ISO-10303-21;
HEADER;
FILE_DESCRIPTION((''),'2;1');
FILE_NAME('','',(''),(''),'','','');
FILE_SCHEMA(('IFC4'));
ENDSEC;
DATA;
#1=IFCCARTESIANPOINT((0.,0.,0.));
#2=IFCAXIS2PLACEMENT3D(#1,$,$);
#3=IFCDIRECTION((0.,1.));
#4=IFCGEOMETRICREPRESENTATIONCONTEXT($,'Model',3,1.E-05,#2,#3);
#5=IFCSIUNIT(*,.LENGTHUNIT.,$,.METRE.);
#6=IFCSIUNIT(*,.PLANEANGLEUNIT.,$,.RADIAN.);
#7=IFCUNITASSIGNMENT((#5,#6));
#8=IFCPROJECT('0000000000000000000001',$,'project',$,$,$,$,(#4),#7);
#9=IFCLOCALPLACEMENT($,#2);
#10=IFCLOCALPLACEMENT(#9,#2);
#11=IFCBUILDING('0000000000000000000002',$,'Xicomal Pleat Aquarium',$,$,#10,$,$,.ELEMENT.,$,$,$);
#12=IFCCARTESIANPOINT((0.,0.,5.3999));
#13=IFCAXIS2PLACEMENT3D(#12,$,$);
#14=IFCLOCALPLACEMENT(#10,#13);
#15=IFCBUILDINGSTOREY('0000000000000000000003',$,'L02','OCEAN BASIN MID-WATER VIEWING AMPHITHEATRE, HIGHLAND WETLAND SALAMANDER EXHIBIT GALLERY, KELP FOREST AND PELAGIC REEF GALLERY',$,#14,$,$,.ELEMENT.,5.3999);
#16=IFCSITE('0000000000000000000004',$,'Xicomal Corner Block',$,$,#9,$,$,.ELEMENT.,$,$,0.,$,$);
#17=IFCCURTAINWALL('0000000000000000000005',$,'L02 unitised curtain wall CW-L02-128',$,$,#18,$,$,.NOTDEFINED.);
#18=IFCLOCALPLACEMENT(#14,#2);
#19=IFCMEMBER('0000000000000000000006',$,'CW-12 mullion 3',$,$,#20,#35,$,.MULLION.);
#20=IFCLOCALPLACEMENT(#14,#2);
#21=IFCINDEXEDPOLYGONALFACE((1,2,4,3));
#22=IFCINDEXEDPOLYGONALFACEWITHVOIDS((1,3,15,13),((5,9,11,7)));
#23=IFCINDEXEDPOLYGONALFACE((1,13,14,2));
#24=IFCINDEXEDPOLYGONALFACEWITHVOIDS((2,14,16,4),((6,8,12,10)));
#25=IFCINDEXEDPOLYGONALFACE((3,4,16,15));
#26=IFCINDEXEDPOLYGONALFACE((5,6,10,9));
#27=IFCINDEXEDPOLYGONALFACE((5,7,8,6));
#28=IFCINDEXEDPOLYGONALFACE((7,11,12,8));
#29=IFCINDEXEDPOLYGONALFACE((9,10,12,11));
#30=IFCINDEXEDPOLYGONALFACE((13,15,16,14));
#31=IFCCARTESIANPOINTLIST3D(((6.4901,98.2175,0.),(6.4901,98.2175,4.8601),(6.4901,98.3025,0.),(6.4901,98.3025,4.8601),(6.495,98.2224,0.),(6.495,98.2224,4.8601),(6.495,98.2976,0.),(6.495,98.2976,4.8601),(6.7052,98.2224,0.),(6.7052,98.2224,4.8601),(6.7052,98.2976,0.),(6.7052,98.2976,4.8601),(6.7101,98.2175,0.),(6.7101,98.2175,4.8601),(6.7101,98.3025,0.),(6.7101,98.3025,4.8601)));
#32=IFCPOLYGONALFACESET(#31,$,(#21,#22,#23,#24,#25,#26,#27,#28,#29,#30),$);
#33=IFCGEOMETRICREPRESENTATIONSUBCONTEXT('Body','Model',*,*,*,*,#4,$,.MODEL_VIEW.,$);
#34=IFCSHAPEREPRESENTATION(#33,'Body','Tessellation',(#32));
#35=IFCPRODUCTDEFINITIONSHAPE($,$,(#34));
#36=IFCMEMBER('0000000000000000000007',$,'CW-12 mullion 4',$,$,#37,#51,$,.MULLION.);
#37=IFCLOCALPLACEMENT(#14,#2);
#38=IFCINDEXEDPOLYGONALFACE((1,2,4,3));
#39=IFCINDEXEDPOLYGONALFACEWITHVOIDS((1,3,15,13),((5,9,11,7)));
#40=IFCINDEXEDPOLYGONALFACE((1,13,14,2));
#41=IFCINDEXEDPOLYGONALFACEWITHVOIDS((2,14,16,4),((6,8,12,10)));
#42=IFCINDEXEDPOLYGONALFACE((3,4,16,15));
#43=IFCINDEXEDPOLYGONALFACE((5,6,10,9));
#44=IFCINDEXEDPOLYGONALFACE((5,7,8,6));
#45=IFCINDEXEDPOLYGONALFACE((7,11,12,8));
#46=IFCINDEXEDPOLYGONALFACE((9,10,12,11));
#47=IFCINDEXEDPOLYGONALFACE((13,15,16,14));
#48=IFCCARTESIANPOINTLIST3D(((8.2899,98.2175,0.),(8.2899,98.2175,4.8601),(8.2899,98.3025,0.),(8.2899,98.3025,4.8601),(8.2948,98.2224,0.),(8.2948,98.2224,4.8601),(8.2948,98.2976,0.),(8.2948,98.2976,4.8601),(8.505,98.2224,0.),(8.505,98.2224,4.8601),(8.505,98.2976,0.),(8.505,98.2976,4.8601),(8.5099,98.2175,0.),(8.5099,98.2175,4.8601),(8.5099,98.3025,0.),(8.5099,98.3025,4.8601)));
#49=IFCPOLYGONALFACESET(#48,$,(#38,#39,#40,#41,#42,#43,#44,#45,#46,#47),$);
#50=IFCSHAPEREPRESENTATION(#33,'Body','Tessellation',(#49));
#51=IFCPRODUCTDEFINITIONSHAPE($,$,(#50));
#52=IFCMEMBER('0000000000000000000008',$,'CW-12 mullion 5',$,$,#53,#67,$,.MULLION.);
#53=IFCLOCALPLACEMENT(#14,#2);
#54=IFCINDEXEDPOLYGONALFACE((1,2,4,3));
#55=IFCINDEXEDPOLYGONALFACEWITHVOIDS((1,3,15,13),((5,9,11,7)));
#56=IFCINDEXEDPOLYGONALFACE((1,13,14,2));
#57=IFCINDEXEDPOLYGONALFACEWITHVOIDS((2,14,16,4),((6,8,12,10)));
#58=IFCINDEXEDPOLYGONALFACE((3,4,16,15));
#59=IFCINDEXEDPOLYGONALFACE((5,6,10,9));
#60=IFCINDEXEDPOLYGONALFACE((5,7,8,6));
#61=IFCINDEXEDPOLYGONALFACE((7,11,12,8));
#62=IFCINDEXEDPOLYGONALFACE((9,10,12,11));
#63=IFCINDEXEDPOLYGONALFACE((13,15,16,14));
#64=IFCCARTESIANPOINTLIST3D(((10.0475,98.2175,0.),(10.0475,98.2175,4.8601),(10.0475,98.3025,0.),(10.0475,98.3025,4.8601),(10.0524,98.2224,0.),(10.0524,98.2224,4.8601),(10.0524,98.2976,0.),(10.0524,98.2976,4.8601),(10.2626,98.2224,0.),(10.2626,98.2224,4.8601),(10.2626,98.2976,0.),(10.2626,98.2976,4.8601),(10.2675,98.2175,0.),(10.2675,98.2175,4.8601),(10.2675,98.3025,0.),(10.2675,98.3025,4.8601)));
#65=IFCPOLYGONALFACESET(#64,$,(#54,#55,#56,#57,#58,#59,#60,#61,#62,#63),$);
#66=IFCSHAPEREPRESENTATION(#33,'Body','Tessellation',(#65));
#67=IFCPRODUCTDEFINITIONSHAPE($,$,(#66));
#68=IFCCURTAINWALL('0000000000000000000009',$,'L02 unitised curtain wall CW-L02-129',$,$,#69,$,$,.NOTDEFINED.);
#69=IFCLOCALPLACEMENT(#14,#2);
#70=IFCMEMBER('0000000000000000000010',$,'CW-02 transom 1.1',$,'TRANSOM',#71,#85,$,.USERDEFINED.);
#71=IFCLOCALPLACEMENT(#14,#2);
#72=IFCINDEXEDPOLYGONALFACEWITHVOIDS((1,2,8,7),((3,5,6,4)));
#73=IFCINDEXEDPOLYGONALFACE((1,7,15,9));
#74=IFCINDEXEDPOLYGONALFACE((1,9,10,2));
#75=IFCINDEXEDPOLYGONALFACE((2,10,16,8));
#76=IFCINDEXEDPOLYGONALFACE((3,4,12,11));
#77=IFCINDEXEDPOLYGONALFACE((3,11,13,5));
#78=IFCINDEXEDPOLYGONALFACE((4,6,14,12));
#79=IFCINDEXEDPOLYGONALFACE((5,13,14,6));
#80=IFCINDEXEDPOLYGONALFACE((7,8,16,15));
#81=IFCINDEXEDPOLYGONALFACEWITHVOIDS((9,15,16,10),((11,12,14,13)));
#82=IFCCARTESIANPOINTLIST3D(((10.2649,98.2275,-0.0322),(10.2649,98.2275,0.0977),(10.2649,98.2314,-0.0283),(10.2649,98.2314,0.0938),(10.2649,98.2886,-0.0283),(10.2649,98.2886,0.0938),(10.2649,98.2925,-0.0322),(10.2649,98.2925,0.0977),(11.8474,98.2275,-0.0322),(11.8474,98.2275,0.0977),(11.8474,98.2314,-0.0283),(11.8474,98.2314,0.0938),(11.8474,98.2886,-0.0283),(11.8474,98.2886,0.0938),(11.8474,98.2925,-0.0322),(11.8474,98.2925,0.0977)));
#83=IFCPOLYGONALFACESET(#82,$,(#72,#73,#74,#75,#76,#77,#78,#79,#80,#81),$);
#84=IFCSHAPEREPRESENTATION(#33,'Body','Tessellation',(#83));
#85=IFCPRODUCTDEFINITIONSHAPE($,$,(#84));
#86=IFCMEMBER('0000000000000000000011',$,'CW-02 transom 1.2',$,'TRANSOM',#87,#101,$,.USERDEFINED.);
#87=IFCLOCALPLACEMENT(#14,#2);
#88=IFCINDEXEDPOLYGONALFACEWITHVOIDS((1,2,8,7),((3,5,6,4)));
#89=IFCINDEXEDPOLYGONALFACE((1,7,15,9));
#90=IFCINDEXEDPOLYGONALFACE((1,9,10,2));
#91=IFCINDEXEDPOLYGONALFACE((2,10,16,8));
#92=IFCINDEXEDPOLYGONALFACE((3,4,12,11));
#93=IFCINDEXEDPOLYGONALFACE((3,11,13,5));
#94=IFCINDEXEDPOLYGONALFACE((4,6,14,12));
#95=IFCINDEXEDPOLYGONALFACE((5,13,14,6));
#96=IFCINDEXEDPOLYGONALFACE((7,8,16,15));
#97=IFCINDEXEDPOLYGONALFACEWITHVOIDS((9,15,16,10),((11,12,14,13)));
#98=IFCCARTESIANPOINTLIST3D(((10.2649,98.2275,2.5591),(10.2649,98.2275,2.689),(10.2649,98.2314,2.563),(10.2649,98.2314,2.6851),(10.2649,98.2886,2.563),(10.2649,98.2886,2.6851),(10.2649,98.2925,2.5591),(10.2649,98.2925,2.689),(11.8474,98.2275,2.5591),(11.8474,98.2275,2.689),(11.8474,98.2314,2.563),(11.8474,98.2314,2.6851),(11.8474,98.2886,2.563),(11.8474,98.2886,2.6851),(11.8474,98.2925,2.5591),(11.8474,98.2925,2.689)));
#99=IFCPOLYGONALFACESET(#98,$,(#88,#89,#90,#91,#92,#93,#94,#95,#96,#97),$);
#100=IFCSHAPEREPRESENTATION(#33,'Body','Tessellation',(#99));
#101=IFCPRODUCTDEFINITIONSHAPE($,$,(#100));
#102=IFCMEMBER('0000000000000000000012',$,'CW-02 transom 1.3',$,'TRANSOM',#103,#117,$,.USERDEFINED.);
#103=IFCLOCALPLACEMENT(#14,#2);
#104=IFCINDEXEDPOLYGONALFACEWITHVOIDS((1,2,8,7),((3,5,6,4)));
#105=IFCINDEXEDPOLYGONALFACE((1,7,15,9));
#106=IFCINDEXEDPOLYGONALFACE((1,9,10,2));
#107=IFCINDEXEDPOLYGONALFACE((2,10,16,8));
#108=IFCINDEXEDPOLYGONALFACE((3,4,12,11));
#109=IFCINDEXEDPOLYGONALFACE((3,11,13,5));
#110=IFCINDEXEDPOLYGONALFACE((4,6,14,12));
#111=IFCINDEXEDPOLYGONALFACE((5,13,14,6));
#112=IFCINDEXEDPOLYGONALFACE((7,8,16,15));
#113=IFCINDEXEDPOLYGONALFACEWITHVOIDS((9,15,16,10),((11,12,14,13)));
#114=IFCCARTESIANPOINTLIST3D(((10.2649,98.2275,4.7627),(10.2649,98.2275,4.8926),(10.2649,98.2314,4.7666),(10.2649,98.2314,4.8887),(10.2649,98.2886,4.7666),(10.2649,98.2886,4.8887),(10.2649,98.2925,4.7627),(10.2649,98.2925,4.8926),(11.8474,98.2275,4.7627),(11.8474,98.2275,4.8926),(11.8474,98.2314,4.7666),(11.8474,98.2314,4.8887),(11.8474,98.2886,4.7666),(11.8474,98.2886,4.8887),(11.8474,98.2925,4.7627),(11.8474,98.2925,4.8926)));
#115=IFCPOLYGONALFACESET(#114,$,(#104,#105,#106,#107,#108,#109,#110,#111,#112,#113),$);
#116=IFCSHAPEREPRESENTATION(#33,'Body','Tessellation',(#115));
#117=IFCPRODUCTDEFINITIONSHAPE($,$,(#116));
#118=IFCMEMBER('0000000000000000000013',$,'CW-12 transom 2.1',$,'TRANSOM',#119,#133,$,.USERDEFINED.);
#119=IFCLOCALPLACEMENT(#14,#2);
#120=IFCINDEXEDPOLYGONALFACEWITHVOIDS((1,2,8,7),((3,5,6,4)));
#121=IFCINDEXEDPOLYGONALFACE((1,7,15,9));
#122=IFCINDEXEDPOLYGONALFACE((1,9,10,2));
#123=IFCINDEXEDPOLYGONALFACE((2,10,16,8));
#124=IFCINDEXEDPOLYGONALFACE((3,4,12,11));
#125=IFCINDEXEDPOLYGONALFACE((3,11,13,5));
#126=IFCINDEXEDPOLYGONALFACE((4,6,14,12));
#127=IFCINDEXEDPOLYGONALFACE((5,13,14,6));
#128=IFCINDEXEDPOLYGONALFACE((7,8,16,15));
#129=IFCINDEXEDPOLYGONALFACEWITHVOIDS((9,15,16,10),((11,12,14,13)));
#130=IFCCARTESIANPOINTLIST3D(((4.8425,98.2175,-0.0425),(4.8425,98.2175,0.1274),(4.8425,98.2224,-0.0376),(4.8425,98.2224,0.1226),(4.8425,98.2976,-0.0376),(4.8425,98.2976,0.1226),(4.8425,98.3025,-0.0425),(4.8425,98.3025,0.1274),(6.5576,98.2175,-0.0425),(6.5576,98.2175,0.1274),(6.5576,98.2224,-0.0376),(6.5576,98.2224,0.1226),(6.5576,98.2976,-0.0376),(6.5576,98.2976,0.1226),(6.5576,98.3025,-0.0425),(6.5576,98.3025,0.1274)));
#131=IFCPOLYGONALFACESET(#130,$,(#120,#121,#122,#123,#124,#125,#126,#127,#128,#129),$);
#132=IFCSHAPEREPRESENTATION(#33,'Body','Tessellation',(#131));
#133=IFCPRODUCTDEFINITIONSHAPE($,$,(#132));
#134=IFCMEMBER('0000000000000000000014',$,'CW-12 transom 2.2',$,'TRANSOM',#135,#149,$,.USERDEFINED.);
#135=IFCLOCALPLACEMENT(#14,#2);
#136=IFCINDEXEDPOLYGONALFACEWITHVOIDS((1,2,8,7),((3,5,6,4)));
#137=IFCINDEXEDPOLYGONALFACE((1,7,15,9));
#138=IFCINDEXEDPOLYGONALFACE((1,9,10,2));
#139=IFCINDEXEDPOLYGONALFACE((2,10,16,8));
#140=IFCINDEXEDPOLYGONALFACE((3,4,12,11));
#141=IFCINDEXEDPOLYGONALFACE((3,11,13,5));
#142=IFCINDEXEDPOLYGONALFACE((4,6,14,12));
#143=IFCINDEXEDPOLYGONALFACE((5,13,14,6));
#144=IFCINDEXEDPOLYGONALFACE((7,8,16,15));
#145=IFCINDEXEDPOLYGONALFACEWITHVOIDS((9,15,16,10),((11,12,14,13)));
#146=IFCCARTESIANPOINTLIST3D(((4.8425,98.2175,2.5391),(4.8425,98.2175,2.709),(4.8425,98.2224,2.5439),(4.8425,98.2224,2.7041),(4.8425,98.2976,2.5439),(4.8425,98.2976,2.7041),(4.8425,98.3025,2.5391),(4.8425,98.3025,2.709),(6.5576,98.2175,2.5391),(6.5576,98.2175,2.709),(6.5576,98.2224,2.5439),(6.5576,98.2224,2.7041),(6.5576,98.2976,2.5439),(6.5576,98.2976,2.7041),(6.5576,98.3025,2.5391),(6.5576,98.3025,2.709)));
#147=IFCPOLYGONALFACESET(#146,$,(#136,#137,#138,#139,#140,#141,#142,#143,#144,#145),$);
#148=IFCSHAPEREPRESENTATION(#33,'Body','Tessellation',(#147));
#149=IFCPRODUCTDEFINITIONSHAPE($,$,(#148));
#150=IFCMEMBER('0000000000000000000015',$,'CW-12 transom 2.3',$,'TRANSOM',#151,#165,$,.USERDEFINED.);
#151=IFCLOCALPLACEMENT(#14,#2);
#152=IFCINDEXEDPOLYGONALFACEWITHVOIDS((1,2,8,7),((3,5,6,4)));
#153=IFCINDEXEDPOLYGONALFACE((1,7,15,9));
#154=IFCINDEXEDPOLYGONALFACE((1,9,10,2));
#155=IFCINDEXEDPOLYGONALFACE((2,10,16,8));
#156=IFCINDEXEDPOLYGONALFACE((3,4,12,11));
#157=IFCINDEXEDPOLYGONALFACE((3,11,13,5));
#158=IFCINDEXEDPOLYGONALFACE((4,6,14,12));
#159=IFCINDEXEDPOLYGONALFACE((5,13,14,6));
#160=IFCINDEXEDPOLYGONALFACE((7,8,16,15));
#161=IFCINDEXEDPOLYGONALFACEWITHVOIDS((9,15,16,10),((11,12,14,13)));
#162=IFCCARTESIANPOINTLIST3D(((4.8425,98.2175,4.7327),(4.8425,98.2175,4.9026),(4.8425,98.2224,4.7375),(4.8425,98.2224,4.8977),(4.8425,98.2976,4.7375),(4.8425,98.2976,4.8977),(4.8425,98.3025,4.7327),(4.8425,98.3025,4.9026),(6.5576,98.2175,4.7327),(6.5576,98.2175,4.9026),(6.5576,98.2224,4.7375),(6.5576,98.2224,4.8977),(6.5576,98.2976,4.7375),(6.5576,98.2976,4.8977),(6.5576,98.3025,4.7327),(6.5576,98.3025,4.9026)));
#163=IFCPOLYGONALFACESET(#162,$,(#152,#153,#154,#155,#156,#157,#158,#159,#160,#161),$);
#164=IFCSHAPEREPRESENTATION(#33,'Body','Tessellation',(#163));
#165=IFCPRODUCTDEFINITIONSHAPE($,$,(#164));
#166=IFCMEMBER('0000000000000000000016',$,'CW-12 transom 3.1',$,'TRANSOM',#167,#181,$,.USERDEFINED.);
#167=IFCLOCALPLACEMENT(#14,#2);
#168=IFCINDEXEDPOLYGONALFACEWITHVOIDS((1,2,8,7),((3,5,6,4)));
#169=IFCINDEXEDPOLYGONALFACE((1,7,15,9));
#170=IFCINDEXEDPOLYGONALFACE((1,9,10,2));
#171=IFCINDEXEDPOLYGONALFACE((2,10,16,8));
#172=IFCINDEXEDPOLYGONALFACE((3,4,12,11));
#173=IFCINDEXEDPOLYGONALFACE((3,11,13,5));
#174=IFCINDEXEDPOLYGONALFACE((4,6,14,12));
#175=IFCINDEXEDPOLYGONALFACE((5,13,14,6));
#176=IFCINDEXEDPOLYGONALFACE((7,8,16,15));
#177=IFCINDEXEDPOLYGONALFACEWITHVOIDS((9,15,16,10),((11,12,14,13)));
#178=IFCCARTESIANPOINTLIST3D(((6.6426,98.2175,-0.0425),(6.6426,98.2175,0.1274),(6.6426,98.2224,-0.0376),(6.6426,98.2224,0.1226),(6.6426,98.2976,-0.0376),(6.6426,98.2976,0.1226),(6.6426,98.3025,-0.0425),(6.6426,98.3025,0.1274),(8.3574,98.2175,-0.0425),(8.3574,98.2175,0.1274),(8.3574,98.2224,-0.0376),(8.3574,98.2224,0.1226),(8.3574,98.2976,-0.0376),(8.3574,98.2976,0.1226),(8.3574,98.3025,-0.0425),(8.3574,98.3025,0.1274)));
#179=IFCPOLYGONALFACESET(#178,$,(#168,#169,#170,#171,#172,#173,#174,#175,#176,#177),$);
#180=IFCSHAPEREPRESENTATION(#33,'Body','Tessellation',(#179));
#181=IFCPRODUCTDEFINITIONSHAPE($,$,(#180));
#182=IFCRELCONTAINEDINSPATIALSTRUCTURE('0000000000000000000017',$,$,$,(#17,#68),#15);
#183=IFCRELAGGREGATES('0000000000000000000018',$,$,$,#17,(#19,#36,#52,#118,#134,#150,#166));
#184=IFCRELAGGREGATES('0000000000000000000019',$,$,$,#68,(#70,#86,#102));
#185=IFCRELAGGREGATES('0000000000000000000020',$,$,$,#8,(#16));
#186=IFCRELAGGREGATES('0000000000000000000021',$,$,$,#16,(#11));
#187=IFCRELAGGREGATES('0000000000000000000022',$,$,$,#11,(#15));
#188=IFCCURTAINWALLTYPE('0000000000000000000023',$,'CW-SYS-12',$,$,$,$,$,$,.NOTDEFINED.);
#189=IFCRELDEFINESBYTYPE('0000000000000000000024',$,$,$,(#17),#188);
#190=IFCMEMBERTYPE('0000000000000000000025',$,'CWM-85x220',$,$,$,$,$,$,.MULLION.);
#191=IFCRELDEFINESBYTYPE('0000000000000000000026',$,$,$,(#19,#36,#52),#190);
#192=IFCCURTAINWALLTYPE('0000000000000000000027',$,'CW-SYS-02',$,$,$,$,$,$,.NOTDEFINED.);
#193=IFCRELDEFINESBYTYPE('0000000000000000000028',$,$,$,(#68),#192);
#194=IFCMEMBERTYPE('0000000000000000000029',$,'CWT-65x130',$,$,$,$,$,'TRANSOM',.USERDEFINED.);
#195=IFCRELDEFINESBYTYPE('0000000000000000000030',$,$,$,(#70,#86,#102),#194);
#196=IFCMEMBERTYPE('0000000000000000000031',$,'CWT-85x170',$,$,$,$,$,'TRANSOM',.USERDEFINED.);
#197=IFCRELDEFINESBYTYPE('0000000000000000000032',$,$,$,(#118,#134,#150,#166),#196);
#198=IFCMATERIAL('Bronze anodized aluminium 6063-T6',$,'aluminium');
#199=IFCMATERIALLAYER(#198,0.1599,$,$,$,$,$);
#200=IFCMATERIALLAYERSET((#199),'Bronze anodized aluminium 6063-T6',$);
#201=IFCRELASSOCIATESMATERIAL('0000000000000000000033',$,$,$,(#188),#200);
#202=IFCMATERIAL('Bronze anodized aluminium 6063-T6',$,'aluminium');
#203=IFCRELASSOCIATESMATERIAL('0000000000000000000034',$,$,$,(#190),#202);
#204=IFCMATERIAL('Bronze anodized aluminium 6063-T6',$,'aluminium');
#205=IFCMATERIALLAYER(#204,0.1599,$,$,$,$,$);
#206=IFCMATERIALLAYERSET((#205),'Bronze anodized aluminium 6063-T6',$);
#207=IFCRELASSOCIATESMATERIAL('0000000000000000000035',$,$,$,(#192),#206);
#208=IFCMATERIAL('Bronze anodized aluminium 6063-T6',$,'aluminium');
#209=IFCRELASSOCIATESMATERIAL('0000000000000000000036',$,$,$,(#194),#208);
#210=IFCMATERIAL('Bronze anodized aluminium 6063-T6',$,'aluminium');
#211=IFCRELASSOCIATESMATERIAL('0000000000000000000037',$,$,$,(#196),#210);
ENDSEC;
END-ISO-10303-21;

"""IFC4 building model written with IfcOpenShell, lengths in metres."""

from ifc_helpers import new_model, si_unit, direction, frame, origin, origin_2d, place, context, subcontext, project, spatial, hollow_rectangle, extrude, material, layer, layer_set, material_profile, profile_set, type_object, element, aggregate, save


model = new_model("IFC4")

# Units and contexts
model_context = context("Model", 3, precision=1e-05, world=origin(), true_north=direction((0.0, 1.0)))
body_context = subcontext(model_context, "Body", "Model", "MODEL_VIEW")
ifc_project = project(units=[si_unit("LENGTHUNIT", "METRE"), si_unit("PLANEANGLEUNIT", "RADIAN")], contexts=[model_context])

# Site, building, storey
site_placement = place(None, origin())
site = spatial("IfcSite", under=ifc_project, at=site_placement, Name="Xicomal Corner Block", CompositionType="ELEMENT", RefElevation=0.0)
building_placement = place(site_placement, origin())
building = spatial("IfcBuilding", under=site, at=building_placement, Name="Xicomal Pleat Aquarium", CompositionType="ELEMENT")
storey_placement = place(building_placement, frame((0.0, 0.0, 5.3999)))
storey = spatial("IfcBuildingStorey", under=building, at=storey_placement, Name="L02", Description="OCEAN BASIN MID-WATER VIEWING AMPHITHEATRE, HIGHLAND WETLAND SALAMANDER EXHIBIT GALLERY, KELP FOREST AND PELAGIC REEF GALLERY", CompositionType="ELEMENT", Elevation=5.3999)

# Curtain walls, members
ifc_material_1 = material(Name="Bronze anodized aluminium 6063-T6", Category="aluminium")
ifc_layer_1 = layer(ifc_material_1, 0.1599)
ifc_layer_set_1 = layer_set([ifc_layer_1], Name="Bronze anodized aluminium 6063-T6")
curtain_wall_type_1 = type_object("IfcCurtainWallType", Name="CW-SYS-12", PredefinedType="NOTDEFINED", material=ifc_layer_set_1)
curtain_wall_1_placement = place(storey_placement, origin())
curtain_wall_1 = element("IfcCurtainWall", 1, at=curtain_wall_1_placement, inside=storey, type_object=curtain_wall_type_1, Name="L02 unitised curtain wall CW-L02-128", PredefinedType="NOTDEFINED")
ifc_material_2 = material(Name="Bronze anodized aluminium 6063-T6", Category="aluminium")
ifc_material_profile_1 = material_profile(ifc_material_2, hollow_rectangle(XDim=0.085, YDim=0.22, WallThickness=0.0049, at=origin_2d()), Name="ALU MULL 85x220")
ifc_profile_set_1 = profile_set([ifc_material_profile_1], Name="Bronze anodized aluminium 6063-T6")
member_type_1 = type_object("IfcMemberType", Name="CWM-85x220", PredefinedType="MULLION", material=ifc_profile_set_1)
member_1_placement = place(storey_placement, frame((6.6001, 98.26, 0.0), z_axis=(0.0, 0.0, 1.0), x_axis=(0.0, 1.0, 0.0)))
member_1 = element("IfcMember", 2, at=member_1_placement, type_object=member_type_1, Name="CW-12 mullion 3", PredefinedType="MULLION", context=body_context, shape_type="SweptSolid", body=[
    extrude(hollow_rectangle(XDim=0.085, YDim=0.22, WallThickness=0.0049, at=origin_2d()), origin(), (0.0, 0.0, 1.0), 4.8601),
])
member_2_placement = place(storey_placement, frame((8.3999, 98.26, 0.0), z_axis=(0.0, 0.0, 1.0), x_axis=(0.0, 1.0, 0.0)))
member_2 = element("IfcMember", 3, at=member_2_placement, type_object=member_type_1, Name="CW-12 mullion 4", PredefinedType="MULLION", context=body_context, shape_type="SweptSolid", body=[
    extrude(hollow_rectangle(XDim=0.085, YDim=0.22, WallThickness=0.0049, at=origin_2d()), origin(), (0.0, 0.0, 1.0), 4.8601),
])
member_3_placement = place(storey_placement, frame((10.1575, 98.26, 0.0), z_axis=(0.0, 0.0, 1.0), x_axis=(0.0, 1.0, 0.0)))
member_3 = element("IfcMember", 4, at=member_3_placement, type_object=member_type_1, Name="CW-12 mullion 5", PredefinedType="MULLION", context=body_context, shape_type="SweptSolid", body=[
    extrude(hollow_rectangle(XDim=0.085, YDim=0.22, WallThickness=0.0049, at=origin_2d()), origin(), (0.0, 0.0, 1.0), 4.8601),
])
ifc_material_3 = material(Name="Bronze anodized aluminium 6063-T6", Category="aluminium")
ifc_layer_2 = layer(ifc_material_3, 0.1599)
ifc_layer_set_2 = layer_set([ifc_layer_2], Name="Bronze anodized aluminium 6063-T6")
curtain_wall_type_2 = type_object("IfcCurtainWallType", Name="CW-SYS-02", PredefinedType="NOTDEFINED", material=ifc_layer_set_2)
curtain_wall_2_placement = place(storey_placement, origin())
curtain_wall_2 = element("IfcCurtainWall", 5, at=curtain_wall_2_placement, inside=storey, type_object=curtain_wall_type_2, Name="L02 unitised curtain wall CW-L02-129", PredefinedType="NOTDEFINED")
ifc_material_4 = material(Name="Bronze anodized aluminium 6063-T6", Category="aluminium")
ifc_material_profile_2 = material_profile(ifc_material_4, hollow_rectangle(XDim=0.0649, YDim=0.1299, WallThickness=0.0039, at=origin_2d()), Name="ALU TRAN 65x130")
ifc_profile_set_2 = profile_set([ifc_material_profile_2], Name="Bronze anodized aluminium 6063-T6")
member_type_2 = type_object("IfcMemberType", Name="CWT-65x130", ElementType="TRANSOM", PredefinedType="USERDEFINED", material=ifc_profile_set_2)
member_4_placement = place(storey_placement, frame((10.2649, 98.26, 0.0327), z_axis=(1.0, 0.0, 0.0), x_axis=(0.0, 1.0, 0.0)))
member_4 = element("IfcMember", 6, at=member_4_placement, type_object=member_type_2, Name="CW-02 transom 1.1", ObjectType="TRANSOM", PredefinedType="USERDEFINED", context=body_context, shape_type="SweptSolid", body=[
    extrude(hollow_rectangle(XDim=0.0649, YDim=0.1299, WallThickness=0.0039, at=origin_2d()), origin(), (0.0, 0.0, 1.0), 1.5825),
])
member_5_placement = place(storey_placement, frame((10.2649, 98.26, 2.624), z_axis=(1.0, 0.0, 0.0), x_axis=(0.0, 1.0, 0.0)))
member_5 = element("IfcMember", 7, at=member_5_placement, type_object=member_type_2, Name="CW-02 transom 1.2", ObjectType="TRANSOM", PredefinedType="USERDEFINED", context=body_context, shape_type="SweptSolid", body=[
    extrude(hollow_rectangle(XDim=0.0649, YDim=0.1299, WallThickness=0.0039, at=origin_2d()), origin(), (0.0, 0.0, 1.0), 1.5825),
])
member_6_placement = place(storey_placement, frame((10.2649, 98.26, 4.8276), z_axis=(1.0, 0.0, 0.0), x_axis=(0.0, 1.0, 0.0)))
member_6 = element("IfcMember", 8, at=member_6_placement, type_object=member_type_2, Name="CW-02 transom 1.3", ObjectType="TRANSOM", PredefinedType="USERDEFINED", context=body_context, shape_type="SweptSolid", body=[
    extrude(hollow_rectangle(XDim=0.0649, YDim=0.1299, WallThickness=0.0039, at=origin_2d()), origin(), (0.0, 0.0, 1.0), 1.5825),
])

# Members
ifc_material_5 = material(Name="Bronze anodized aluminium 6063-T6", Category="aluminium")
ifc_material_profile_3 = material_profile(ifc_material_5, hollow_rectangle(XDim=0.085, YDim=0.1699, WallThickness=0.0049, at=origin_2d()), Name="ALU TRAN 85x170")
ifc_profile_set_3 = profile_set([ifc_material_profile_3], Name="Bronze anodized aluminium 6063-T6")
member_type_3 = type_object("IfcMemberType", Name="CWT-85x170", ElementType="TRANSOM", PredefinedType="USERDEFINED", material=ifc_profile_set_3)
member_7_placement = place(storey_placement, frame((4.8425, 98.26, 0.0425), z_axis=(1.0, 0.0, 0.0), x_axis=(0.0, 1.0, 0.0)))
member_7 = element("IfcMember", 9, at=member_7_placement, type_object=member_type_3, Name="CW-12 transom 2.1", ObjectType="TRANSOM", PredefinedType="USERDEFINED", context=body_context, shape_type="SweptSolid", body=[
    extrude(hollow_rectangle(XDim=0.085, YDim=0.1699, WallThickness=0.0049, at=origin_2d()), origin(), (0.0, 0.0, 1.0), 1.7151),
])
member_8_placement = place(storey_placement, frame((4.8425, 98.26, 2.624), z_axis=(1.0, 0.0, 0.0), x_axis=(0.0, 1.0, 0.0)))
member_8 = element("IfcMember", 10, at=member_8_placement, type_object=member_type_3, Name="CW-12 transom 2.2", ObjectType="TRANSOM", PredefinedType="USERDEFINED", context=body_context, shape_type="SweptSolid", body=[
    extrude(hollow_rectangle(XDim=0.085, YDim=0.1699, WallThickness=0.0049, at=origin_2d()), origin(), (0.0, 0.0, 1.0), 1.7151),
])
member_9_placement = place(storey_placement, frame((4.8425, 98.26, 4.8176), z_axis=(1.0, 0.0, 0.0), x_axis=(0.0, 1.0, 0.0)))
member_9 = element("IfcMember", 11, at=member_9_placement, type_object=member_type_3, Name="CW-12 transom 2.3", ObjectType="TRANSOM", PredefinedType="USERDEFINED", context=body_context, shape_type="SweptSolid", body=[
    extrude(hollow_rectangle(XDim=0.085, YDim=0.1699, WallThickness=0.0049, at=origin_2d()), origin(), (0.0, 0.0, 1.0), 1.7151),
])
member_10_placement = place(storey_placement, frame((6.6426, 98.26, 0.0425), z_axis=(1.0, 0.0, 0.0), x_axis=(0.0, 1.0, 0.0)))
member_10 = element("IfcMember", 12, at=member_10_placement, type_object=member_type_3, Name="CW-12 transom 3.1", ObjectType="TRANSOM", PredefinedType="USERDEFINED", context=body_context, shape_type="SweptSolid", body=[
    extrude(hollow_rectangle(XDim=0.085, YDim=0.1699, WallThickness=0.0049, at=origin_2d()), origin(), (0.0, 0.0, 1.0), 1.7148),
])

aggregate(curtain_wall_1, [member_1, member_2, member_3, member_7, member_8, member_9, member_10])
aggregate(curtain_wall_2, [member_4, member_5, member_6])

save(model, "model.ifc")
